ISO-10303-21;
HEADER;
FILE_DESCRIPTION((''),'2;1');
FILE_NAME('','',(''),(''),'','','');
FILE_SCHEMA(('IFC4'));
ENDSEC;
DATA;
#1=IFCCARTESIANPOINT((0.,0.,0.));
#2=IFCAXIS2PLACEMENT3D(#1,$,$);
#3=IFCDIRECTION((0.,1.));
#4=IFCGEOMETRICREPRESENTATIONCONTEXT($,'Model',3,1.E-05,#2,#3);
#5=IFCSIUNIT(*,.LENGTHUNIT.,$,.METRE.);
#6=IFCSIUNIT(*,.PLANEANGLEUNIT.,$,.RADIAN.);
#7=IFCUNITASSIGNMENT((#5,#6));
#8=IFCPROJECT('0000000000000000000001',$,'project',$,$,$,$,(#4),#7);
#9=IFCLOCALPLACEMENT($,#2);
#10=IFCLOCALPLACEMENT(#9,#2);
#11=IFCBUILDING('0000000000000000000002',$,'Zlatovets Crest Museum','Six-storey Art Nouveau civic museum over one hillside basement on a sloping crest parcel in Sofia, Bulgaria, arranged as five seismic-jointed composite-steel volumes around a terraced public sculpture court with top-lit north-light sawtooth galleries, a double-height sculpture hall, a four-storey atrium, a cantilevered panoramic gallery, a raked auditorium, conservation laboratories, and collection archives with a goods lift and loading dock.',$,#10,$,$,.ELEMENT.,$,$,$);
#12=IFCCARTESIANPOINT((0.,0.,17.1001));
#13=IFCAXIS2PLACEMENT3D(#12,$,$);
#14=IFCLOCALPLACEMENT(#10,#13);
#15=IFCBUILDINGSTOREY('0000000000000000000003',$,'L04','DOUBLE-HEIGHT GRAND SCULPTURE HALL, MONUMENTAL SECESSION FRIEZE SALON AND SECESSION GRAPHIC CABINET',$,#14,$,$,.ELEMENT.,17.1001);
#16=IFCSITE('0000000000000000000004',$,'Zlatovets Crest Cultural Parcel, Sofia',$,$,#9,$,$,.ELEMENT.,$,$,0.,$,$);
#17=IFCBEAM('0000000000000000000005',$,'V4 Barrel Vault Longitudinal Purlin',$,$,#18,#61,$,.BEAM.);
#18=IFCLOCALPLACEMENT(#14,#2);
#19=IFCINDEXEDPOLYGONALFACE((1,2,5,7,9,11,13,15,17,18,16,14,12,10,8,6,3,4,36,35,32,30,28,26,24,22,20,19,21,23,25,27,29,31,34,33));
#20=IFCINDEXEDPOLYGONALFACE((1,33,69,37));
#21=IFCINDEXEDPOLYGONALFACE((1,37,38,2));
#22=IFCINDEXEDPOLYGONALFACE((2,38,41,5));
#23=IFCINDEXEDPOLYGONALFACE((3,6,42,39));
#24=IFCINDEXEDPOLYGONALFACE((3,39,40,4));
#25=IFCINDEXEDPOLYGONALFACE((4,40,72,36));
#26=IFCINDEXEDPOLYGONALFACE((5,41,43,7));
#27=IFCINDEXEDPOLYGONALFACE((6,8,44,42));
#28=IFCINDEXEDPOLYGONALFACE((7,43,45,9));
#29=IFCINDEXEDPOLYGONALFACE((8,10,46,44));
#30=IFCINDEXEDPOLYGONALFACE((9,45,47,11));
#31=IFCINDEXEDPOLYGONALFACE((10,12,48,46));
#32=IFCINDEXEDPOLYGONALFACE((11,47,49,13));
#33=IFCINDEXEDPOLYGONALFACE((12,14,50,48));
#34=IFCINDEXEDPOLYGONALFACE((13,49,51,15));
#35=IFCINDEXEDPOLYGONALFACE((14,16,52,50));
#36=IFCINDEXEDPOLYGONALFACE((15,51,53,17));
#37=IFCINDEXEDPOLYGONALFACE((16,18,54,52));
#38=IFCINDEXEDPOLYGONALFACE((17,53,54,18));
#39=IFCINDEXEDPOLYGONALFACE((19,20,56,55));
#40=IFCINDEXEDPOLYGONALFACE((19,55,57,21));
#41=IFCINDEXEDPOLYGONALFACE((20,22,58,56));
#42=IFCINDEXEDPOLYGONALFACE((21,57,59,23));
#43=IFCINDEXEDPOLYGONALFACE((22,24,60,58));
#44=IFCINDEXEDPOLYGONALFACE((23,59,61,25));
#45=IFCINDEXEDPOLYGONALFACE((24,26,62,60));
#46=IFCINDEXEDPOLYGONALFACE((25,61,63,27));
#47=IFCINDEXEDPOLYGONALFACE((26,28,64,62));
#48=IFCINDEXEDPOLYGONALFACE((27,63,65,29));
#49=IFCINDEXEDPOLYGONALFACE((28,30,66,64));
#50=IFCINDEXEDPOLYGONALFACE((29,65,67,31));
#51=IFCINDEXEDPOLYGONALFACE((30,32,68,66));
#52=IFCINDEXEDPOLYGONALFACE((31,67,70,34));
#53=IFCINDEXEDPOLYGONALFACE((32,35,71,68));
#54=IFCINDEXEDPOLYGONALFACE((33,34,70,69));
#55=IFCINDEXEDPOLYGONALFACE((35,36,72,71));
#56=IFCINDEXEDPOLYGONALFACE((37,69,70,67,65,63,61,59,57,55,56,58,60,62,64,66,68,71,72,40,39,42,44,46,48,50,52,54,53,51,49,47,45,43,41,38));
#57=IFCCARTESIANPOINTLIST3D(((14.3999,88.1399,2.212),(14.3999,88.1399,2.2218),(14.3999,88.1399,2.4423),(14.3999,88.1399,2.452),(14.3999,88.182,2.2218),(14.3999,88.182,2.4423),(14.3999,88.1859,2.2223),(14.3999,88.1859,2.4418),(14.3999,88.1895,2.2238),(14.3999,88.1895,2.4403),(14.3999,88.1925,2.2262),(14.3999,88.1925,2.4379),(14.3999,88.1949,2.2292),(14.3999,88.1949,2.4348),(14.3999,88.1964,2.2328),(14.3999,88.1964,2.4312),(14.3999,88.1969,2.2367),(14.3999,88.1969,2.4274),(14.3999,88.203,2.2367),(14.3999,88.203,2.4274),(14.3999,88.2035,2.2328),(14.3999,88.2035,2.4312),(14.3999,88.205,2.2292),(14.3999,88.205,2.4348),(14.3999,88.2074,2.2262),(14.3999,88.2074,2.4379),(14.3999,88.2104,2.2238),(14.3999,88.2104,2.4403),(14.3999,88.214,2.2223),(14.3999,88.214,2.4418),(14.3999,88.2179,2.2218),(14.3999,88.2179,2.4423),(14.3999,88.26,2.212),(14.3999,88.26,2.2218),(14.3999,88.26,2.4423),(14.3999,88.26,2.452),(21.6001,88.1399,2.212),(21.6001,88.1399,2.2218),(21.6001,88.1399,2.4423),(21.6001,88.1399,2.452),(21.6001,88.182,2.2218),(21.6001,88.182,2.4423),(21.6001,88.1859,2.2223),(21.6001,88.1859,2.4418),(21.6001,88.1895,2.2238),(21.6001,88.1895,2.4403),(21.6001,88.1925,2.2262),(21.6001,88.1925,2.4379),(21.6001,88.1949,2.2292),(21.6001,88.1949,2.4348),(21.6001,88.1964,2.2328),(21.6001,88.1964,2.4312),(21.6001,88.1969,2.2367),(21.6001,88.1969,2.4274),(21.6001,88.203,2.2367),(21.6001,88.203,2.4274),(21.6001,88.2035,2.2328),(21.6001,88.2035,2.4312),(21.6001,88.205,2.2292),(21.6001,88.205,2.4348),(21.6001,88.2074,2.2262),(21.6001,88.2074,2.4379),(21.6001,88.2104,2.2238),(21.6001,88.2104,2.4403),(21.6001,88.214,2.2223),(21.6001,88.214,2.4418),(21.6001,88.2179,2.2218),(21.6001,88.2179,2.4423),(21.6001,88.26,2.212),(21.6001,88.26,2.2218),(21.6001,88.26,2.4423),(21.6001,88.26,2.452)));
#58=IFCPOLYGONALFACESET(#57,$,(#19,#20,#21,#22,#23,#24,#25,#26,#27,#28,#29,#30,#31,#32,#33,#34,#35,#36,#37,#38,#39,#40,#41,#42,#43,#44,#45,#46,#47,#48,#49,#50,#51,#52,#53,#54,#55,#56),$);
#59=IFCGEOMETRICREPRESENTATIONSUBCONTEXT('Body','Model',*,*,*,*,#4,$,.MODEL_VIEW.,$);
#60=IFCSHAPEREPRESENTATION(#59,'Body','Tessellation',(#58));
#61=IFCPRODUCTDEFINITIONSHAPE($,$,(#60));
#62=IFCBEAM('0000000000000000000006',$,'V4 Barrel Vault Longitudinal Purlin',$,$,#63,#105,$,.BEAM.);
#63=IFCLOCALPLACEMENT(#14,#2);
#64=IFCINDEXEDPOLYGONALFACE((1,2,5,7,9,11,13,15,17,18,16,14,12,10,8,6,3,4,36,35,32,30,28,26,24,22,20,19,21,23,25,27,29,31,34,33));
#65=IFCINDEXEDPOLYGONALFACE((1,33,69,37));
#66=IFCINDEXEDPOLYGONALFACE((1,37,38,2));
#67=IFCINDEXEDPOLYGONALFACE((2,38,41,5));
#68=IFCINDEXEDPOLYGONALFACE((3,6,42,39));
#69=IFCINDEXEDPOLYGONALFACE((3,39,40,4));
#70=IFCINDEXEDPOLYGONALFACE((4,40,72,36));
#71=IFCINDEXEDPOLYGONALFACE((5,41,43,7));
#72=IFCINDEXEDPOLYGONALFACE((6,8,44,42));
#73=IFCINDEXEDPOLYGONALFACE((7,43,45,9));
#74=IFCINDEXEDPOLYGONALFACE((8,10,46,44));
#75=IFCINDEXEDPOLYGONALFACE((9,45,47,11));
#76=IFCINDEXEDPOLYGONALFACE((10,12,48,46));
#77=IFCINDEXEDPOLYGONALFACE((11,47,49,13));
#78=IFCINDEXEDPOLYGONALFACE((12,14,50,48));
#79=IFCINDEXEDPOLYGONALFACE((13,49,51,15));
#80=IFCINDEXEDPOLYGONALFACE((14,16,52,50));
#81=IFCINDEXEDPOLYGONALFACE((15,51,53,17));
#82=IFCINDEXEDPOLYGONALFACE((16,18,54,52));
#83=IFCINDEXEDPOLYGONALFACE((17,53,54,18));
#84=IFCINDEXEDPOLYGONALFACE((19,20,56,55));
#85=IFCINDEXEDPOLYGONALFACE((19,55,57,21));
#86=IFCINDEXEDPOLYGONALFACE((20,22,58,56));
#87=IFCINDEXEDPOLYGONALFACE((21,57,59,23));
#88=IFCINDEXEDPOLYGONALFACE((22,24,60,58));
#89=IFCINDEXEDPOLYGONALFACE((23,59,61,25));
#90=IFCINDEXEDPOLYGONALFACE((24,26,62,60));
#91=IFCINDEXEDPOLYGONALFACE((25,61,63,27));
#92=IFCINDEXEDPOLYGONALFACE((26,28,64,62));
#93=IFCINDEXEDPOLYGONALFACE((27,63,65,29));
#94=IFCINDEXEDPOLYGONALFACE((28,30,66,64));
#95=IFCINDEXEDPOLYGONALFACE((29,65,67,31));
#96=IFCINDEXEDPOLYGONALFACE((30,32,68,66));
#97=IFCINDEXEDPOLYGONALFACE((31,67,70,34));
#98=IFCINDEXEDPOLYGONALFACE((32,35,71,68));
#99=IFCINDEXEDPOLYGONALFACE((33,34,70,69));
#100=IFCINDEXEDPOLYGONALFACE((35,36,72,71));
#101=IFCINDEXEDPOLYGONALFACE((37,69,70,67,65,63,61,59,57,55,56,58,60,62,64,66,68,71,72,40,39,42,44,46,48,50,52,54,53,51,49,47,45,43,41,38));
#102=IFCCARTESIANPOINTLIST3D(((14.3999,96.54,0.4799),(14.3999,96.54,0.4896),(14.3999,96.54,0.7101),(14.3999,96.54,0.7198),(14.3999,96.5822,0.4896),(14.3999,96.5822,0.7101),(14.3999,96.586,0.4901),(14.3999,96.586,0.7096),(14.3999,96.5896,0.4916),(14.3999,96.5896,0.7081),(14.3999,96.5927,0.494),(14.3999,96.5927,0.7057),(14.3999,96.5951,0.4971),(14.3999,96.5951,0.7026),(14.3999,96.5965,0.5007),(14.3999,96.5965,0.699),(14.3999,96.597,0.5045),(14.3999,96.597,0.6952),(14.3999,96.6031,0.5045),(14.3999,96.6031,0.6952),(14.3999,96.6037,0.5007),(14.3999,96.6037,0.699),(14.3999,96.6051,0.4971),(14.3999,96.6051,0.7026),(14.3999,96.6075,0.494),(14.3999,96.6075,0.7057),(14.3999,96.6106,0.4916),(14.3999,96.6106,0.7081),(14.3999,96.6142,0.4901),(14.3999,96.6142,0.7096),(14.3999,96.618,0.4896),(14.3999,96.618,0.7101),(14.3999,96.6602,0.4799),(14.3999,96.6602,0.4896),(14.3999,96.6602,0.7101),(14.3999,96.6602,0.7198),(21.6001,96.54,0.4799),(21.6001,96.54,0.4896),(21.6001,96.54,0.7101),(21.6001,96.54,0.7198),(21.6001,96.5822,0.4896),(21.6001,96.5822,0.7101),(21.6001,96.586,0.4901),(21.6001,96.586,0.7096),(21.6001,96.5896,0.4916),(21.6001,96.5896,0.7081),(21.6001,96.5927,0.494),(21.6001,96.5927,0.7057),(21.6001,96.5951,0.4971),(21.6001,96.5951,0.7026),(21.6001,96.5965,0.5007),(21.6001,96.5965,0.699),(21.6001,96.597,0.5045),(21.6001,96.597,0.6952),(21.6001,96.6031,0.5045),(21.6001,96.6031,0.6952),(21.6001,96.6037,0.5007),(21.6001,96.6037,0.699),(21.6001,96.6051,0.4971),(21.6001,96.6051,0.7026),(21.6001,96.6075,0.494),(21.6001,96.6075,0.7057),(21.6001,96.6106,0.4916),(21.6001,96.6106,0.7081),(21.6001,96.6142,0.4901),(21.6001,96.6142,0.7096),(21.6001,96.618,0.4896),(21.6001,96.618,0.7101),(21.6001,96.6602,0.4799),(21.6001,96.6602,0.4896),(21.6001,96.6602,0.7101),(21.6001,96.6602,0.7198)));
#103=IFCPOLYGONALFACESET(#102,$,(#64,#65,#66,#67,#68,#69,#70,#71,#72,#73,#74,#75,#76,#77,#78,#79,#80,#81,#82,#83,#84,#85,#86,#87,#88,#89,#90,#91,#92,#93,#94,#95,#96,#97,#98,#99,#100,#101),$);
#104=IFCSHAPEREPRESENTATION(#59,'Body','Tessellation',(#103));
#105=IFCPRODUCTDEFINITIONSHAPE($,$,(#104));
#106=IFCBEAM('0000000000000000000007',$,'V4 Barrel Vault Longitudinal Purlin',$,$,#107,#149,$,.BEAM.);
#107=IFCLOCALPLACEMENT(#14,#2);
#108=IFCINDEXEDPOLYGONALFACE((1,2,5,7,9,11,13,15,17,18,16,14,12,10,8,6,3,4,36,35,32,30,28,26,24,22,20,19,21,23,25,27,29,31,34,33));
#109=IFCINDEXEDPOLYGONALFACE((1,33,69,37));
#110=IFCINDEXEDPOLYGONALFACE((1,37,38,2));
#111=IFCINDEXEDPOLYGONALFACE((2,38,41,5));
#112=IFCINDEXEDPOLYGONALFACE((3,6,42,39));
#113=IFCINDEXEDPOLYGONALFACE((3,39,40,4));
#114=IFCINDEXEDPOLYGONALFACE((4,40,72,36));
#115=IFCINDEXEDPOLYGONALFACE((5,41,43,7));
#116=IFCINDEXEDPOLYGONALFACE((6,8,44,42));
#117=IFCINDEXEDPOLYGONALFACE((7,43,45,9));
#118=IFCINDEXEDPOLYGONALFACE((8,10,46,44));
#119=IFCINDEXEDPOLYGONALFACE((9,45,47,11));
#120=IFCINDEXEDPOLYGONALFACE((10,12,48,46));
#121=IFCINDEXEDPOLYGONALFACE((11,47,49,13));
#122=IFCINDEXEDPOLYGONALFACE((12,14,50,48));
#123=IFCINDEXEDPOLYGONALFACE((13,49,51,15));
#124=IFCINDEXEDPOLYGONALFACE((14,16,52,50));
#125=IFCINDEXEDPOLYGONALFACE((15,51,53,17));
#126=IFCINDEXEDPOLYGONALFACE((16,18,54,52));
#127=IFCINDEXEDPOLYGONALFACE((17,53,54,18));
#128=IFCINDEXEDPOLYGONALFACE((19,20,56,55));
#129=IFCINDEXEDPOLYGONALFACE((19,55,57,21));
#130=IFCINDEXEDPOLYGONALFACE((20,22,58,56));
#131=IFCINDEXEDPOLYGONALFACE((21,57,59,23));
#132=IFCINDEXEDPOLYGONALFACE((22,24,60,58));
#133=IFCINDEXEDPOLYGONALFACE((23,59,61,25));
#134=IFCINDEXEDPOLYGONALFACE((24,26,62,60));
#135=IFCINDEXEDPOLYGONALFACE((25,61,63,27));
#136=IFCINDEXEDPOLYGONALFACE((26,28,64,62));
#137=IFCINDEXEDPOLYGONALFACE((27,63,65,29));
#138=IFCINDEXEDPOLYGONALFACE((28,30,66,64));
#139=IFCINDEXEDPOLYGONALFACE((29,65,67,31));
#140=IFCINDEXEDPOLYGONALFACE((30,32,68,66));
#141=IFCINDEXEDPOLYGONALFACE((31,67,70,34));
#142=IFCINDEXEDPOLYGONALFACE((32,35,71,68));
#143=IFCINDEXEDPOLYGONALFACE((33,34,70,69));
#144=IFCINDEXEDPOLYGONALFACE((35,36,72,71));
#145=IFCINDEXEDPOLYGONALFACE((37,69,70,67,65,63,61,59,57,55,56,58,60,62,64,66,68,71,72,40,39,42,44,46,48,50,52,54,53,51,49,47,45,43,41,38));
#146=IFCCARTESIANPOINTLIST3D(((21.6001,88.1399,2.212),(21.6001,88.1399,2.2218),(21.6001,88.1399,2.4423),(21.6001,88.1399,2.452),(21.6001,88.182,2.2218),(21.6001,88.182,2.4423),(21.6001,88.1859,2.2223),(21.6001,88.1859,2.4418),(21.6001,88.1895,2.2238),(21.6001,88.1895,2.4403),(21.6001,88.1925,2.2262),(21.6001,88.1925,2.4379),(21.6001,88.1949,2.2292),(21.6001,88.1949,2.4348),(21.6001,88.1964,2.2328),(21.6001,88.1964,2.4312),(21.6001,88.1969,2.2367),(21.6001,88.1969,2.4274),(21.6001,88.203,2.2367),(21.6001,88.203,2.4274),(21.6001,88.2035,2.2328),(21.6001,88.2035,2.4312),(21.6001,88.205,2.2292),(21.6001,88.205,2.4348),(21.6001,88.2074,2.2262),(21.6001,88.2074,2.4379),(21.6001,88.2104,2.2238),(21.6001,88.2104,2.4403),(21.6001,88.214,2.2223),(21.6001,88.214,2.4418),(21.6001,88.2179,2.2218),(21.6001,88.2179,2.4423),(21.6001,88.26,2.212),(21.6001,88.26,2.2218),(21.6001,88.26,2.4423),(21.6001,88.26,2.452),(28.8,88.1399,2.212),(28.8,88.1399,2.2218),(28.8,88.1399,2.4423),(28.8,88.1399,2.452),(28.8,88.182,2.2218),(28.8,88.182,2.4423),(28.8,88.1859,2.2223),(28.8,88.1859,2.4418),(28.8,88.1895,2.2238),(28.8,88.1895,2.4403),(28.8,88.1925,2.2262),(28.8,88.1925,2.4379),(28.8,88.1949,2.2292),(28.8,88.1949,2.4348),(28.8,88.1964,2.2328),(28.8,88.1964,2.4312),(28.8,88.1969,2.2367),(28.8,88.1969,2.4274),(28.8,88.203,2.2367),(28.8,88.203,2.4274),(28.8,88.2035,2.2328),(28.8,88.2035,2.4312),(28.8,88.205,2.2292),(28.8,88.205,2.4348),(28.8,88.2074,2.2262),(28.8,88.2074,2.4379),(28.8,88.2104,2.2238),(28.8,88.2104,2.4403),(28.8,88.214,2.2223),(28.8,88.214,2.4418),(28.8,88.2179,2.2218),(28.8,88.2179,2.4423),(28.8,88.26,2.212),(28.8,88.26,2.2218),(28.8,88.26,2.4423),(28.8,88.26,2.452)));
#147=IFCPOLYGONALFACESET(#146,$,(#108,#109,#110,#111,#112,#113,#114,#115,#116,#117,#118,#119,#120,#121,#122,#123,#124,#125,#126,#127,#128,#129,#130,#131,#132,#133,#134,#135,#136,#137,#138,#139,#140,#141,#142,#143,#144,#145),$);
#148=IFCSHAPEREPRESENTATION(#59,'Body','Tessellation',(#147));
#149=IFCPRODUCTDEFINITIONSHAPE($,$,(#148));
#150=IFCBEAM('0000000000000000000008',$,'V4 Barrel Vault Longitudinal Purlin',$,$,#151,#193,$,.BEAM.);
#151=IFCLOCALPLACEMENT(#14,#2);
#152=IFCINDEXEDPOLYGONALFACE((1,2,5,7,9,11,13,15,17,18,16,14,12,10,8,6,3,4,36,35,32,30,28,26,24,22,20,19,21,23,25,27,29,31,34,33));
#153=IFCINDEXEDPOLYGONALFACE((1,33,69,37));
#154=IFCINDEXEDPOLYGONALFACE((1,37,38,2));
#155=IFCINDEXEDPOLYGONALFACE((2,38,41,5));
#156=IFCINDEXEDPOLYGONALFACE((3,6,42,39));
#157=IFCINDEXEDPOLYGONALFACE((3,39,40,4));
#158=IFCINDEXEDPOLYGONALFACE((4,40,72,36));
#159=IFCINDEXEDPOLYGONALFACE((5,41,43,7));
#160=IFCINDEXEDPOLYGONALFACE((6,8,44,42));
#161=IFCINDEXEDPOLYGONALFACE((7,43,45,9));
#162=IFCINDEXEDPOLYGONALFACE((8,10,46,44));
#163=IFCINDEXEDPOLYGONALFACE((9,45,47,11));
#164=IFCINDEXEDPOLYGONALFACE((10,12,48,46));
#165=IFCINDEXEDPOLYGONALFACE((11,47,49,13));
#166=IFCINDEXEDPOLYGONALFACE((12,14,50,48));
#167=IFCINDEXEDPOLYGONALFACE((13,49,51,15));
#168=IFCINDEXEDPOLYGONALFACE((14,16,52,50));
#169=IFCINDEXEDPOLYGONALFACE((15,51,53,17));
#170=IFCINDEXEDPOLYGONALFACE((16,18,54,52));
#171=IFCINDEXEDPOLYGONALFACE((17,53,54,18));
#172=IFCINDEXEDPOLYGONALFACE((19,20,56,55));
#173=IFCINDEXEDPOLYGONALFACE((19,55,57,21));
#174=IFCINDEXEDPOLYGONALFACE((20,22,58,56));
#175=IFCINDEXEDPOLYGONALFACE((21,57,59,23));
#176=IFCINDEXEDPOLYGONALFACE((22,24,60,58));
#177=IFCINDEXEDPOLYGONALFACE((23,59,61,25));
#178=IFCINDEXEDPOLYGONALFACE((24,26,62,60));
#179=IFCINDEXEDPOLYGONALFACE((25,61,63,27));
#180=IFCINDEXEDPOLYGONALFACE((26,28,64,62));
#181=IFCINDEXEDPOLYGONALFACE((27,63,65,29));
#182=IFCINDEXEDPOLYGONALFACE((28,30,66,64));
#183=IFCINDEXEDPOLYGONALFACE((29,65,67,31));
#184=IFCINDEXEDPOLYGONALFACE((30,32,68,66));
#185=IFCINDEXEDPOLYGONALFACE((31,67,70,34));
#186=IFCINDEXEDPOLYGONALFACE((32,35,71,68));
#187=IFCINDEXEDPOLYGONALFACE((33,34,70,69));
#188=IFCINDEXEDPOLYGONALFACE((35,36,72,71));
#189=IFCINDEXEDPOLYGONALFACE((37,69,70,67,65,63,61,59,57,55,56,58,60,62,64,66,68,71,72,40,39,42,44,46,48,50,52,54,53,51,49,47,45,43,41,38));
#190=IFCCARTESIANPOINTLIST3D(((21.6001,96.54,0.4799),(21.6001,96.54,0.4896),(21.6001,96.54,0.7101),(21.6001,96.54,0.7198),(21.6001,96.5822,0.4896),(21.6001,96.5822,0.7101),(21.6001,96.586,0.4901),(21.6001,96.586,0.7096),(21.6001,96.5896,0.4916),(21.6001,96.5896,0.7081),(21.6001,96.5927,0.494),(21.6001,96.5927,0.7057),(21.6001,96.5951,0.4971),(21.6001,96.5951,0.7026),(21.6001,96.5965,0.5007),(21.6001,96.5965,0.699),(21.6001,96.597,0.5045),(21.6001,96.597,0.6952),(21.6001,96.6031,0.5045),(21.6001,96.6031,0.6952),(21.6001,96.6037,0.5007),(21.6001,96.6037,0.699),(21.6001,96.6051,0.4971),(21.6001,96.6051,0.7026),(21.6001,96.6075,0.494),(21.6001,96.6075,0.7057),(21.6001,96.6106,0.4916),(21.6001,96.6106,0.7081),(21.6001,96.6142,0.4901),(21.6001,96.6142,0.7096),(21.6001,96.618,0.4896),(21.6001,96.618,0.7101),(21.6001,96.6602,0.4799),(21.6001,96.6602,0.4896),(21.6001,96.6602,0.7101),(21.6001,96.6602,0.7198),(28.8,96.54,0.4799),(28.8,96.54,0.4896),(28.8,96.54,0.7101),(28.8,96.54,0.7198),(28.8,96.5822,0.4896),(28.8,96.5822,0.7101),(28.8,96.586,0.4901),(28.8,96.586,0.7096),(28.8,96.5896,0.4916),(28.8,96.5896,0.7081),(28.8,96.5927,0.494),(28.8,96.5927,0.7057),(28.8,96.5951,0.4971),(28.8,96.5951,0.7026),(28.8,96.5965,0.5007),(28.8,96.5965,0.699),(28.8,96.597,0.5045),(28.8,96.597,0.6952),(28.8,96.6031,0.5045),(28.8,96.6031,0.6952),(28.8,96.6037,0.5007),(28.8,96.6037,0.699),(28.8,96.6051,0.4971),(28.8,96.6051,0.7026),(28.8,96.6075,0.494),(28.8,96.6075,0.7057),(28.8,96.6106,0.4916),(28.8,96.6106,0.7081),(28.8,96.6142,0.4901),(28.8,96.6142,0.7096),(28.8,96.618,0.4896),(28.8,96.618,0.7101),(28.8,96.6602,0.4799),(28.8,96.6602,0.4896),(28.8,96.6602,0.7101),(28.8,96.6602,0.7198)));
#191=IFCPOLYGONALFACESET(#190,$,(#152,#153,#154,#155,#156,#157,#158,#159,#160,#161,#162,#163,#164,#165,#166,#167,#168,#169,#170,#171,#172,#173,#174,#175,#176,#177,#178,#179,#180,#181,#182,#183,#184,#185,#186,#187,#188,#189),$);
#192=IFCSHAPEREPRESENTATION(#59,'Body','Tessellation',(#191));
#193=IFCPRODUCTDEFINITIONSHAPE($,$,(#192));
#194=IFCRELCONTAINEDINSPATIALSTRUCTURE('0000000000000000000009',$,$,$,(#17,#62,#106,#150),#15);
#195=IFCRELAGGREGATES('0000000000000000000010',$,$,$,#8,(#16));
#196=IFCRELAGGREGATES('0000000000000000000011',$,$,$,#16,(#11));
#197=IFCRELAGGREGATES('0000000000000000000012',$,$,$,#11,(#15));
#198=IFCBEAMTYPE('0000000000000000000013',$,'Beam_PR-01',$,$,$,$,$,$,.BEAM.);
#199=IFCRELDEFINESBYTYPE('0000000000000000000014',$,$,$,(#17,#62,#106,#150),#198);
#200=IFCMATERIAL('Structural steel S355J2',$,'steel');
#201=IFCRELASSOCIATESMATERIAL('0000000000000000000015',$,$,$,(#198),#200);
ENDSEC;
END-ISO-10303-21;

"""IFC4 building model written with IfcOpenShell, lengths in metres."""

from ifc_helpers import new_model, si_unit, direction, frame, origin, origin_2d, place, context, subcontext, project, spatial, i_section, extrude, material, material_profile, profile_set, type_object, element, save


model = new_model("IFC4")

# Units and contexts
model_context = context("Model", 3, precision=1e-05, world=origin(), true_north=direction((0.0, 1.0)))
body_context = subcontext(model_context, "Body", "Model", "MODEL_VIEW")
ifc_project = project(units=[si_unit("LENGTHUNIT", "METRE"), si_unit("PLANEANGLEUNIT", "RADIAN")], contexts=[model_context])

# Site, building, storey
site_placement = place(None, origin())
site = spatial("IfcSite", under=ifc_project, at=site_placement, Name="Zlatovets Crest Cultural Parcel, Sofia", CompositionType="ELEMENT", RefElevation=0.0)
building_placement = place(site_placement, origin())
building = spatial("IfcBuilding", under=site, at=building_placement, Name="Zlatovets Crest Museum", Description="Six-storey Art Nouveau civic museum over one hillside basement on a sloping crest parcel in Sofia, Bulgaria, arranged as five seismic-jointed composite-steel volumes around a terraced public sculpture court with top-lit north-light sawtooth galleries, a double-height sculpture hall, a four-storey atrium, a cantilevered panoramic gallery, a raked auditorium, conservation laboratories, and collection archives with a goods lift and loading dock.", CompositionType="ELEMENT")
storey_placement = place(building_placement, frame((0.0, 0.0, 17.1001)))
storey = spatial("IfcBuildingStorey", under=building, at=storey_placement, Name="L04", Description="DOUBLE-HEIGHT GRAND SCULPTURE HALL, MONUMENTAL SECESSION FRIEZE SALON AND SECESSION GRAPHIC CABINET", CompositionType="ELEMENT", Elevation=17.1001)

# Beams
ifc_material_1 = material(Name="Structural steel S355J2", Category="steel")
ifc_material_profile_1 = material_profile(ifc_material_1, i_section(OverallWidth=0.1201, OverallDepth=0.24, WebThickness=0.0061, FlangeThickness=0.0098, FilletRadius=0.0149, at=origin_2d()), Name="IPE 240")
ifc_profile_set_1 = profile_set([ifc_material_profile_1], Name="Structural steel S355J2")
beam_type_1 = type_object("IfcBeamType", Name="Beam_PR-01", PredefinedType="BEAM", material=ifc_profile_set_1)
for number, where, z_axis, x_axis, name in (
    (1, (14.3999, 88.2, 2.332), (1.0, 0.0, 0.0), (0.0, 1.0, 0.0), "V4 Barrel Vault Longitudinal Purlin"),
    (2, (14.3999, 96.6001, 0.5999), (1.0, 0.0, 0.0), (0.0, 1.0, 0.0), "V4 Barrel Vault Longitudinal Purlin"),
):
    element("IfcBeam", number, at=place(storey_placement, frame(where, z_axis=z_axis, x_axis=x_axis)), inside=storey, type_object=beam_type_1, Name=name, PredefinedType="BEAM", context=body_context, shape_type="SweptSolid", body=[
        extrude(i_section(OverallWidth=0.1201, OverallDepth=0.24, WebThickness=0.0061, FlangeThickness=0.0098, FilletRadius=0.0149, at=origin_2d()), origin(), (0.0, 0.0, 1.0), 7.2002),
    ])
for number, where, z_axis, x_axis, name in (
    (3, (21.6001, 88.2, 2.332), (1.0, 0.0, 0.0), (0.0, 1.0, 0.0), "V4 Barrel Vault Longitudinal Purlin"),
    (4, (21.6001, 96.6001, 0.5999), (1.0, 0.0, 0.0), (0.0, 1.0, 0.0), "V4 Barrel Vault Longitudinal Purlin"),
):
    element("IfcBeam", number, at=place(storey_placement, frame(where, z_axis=z_axis, x_axis=x_axis)), inside=storey, type_object=beam_type_1, Name=name, PredefinedType="BEAM", context=body_context, shape_type="SweptSolid", body=[
        extrude(i_section(OverallWidth=0.1201, OverallDepth=0.24, WebThickness=0.0061, FlangeThickness=0.0098, FilletRadius=0.0149, at=origin_2d()), origin(), (0.0, 0.0, 1.0), 7.2),
    ])

save(model, "model.ifc")
